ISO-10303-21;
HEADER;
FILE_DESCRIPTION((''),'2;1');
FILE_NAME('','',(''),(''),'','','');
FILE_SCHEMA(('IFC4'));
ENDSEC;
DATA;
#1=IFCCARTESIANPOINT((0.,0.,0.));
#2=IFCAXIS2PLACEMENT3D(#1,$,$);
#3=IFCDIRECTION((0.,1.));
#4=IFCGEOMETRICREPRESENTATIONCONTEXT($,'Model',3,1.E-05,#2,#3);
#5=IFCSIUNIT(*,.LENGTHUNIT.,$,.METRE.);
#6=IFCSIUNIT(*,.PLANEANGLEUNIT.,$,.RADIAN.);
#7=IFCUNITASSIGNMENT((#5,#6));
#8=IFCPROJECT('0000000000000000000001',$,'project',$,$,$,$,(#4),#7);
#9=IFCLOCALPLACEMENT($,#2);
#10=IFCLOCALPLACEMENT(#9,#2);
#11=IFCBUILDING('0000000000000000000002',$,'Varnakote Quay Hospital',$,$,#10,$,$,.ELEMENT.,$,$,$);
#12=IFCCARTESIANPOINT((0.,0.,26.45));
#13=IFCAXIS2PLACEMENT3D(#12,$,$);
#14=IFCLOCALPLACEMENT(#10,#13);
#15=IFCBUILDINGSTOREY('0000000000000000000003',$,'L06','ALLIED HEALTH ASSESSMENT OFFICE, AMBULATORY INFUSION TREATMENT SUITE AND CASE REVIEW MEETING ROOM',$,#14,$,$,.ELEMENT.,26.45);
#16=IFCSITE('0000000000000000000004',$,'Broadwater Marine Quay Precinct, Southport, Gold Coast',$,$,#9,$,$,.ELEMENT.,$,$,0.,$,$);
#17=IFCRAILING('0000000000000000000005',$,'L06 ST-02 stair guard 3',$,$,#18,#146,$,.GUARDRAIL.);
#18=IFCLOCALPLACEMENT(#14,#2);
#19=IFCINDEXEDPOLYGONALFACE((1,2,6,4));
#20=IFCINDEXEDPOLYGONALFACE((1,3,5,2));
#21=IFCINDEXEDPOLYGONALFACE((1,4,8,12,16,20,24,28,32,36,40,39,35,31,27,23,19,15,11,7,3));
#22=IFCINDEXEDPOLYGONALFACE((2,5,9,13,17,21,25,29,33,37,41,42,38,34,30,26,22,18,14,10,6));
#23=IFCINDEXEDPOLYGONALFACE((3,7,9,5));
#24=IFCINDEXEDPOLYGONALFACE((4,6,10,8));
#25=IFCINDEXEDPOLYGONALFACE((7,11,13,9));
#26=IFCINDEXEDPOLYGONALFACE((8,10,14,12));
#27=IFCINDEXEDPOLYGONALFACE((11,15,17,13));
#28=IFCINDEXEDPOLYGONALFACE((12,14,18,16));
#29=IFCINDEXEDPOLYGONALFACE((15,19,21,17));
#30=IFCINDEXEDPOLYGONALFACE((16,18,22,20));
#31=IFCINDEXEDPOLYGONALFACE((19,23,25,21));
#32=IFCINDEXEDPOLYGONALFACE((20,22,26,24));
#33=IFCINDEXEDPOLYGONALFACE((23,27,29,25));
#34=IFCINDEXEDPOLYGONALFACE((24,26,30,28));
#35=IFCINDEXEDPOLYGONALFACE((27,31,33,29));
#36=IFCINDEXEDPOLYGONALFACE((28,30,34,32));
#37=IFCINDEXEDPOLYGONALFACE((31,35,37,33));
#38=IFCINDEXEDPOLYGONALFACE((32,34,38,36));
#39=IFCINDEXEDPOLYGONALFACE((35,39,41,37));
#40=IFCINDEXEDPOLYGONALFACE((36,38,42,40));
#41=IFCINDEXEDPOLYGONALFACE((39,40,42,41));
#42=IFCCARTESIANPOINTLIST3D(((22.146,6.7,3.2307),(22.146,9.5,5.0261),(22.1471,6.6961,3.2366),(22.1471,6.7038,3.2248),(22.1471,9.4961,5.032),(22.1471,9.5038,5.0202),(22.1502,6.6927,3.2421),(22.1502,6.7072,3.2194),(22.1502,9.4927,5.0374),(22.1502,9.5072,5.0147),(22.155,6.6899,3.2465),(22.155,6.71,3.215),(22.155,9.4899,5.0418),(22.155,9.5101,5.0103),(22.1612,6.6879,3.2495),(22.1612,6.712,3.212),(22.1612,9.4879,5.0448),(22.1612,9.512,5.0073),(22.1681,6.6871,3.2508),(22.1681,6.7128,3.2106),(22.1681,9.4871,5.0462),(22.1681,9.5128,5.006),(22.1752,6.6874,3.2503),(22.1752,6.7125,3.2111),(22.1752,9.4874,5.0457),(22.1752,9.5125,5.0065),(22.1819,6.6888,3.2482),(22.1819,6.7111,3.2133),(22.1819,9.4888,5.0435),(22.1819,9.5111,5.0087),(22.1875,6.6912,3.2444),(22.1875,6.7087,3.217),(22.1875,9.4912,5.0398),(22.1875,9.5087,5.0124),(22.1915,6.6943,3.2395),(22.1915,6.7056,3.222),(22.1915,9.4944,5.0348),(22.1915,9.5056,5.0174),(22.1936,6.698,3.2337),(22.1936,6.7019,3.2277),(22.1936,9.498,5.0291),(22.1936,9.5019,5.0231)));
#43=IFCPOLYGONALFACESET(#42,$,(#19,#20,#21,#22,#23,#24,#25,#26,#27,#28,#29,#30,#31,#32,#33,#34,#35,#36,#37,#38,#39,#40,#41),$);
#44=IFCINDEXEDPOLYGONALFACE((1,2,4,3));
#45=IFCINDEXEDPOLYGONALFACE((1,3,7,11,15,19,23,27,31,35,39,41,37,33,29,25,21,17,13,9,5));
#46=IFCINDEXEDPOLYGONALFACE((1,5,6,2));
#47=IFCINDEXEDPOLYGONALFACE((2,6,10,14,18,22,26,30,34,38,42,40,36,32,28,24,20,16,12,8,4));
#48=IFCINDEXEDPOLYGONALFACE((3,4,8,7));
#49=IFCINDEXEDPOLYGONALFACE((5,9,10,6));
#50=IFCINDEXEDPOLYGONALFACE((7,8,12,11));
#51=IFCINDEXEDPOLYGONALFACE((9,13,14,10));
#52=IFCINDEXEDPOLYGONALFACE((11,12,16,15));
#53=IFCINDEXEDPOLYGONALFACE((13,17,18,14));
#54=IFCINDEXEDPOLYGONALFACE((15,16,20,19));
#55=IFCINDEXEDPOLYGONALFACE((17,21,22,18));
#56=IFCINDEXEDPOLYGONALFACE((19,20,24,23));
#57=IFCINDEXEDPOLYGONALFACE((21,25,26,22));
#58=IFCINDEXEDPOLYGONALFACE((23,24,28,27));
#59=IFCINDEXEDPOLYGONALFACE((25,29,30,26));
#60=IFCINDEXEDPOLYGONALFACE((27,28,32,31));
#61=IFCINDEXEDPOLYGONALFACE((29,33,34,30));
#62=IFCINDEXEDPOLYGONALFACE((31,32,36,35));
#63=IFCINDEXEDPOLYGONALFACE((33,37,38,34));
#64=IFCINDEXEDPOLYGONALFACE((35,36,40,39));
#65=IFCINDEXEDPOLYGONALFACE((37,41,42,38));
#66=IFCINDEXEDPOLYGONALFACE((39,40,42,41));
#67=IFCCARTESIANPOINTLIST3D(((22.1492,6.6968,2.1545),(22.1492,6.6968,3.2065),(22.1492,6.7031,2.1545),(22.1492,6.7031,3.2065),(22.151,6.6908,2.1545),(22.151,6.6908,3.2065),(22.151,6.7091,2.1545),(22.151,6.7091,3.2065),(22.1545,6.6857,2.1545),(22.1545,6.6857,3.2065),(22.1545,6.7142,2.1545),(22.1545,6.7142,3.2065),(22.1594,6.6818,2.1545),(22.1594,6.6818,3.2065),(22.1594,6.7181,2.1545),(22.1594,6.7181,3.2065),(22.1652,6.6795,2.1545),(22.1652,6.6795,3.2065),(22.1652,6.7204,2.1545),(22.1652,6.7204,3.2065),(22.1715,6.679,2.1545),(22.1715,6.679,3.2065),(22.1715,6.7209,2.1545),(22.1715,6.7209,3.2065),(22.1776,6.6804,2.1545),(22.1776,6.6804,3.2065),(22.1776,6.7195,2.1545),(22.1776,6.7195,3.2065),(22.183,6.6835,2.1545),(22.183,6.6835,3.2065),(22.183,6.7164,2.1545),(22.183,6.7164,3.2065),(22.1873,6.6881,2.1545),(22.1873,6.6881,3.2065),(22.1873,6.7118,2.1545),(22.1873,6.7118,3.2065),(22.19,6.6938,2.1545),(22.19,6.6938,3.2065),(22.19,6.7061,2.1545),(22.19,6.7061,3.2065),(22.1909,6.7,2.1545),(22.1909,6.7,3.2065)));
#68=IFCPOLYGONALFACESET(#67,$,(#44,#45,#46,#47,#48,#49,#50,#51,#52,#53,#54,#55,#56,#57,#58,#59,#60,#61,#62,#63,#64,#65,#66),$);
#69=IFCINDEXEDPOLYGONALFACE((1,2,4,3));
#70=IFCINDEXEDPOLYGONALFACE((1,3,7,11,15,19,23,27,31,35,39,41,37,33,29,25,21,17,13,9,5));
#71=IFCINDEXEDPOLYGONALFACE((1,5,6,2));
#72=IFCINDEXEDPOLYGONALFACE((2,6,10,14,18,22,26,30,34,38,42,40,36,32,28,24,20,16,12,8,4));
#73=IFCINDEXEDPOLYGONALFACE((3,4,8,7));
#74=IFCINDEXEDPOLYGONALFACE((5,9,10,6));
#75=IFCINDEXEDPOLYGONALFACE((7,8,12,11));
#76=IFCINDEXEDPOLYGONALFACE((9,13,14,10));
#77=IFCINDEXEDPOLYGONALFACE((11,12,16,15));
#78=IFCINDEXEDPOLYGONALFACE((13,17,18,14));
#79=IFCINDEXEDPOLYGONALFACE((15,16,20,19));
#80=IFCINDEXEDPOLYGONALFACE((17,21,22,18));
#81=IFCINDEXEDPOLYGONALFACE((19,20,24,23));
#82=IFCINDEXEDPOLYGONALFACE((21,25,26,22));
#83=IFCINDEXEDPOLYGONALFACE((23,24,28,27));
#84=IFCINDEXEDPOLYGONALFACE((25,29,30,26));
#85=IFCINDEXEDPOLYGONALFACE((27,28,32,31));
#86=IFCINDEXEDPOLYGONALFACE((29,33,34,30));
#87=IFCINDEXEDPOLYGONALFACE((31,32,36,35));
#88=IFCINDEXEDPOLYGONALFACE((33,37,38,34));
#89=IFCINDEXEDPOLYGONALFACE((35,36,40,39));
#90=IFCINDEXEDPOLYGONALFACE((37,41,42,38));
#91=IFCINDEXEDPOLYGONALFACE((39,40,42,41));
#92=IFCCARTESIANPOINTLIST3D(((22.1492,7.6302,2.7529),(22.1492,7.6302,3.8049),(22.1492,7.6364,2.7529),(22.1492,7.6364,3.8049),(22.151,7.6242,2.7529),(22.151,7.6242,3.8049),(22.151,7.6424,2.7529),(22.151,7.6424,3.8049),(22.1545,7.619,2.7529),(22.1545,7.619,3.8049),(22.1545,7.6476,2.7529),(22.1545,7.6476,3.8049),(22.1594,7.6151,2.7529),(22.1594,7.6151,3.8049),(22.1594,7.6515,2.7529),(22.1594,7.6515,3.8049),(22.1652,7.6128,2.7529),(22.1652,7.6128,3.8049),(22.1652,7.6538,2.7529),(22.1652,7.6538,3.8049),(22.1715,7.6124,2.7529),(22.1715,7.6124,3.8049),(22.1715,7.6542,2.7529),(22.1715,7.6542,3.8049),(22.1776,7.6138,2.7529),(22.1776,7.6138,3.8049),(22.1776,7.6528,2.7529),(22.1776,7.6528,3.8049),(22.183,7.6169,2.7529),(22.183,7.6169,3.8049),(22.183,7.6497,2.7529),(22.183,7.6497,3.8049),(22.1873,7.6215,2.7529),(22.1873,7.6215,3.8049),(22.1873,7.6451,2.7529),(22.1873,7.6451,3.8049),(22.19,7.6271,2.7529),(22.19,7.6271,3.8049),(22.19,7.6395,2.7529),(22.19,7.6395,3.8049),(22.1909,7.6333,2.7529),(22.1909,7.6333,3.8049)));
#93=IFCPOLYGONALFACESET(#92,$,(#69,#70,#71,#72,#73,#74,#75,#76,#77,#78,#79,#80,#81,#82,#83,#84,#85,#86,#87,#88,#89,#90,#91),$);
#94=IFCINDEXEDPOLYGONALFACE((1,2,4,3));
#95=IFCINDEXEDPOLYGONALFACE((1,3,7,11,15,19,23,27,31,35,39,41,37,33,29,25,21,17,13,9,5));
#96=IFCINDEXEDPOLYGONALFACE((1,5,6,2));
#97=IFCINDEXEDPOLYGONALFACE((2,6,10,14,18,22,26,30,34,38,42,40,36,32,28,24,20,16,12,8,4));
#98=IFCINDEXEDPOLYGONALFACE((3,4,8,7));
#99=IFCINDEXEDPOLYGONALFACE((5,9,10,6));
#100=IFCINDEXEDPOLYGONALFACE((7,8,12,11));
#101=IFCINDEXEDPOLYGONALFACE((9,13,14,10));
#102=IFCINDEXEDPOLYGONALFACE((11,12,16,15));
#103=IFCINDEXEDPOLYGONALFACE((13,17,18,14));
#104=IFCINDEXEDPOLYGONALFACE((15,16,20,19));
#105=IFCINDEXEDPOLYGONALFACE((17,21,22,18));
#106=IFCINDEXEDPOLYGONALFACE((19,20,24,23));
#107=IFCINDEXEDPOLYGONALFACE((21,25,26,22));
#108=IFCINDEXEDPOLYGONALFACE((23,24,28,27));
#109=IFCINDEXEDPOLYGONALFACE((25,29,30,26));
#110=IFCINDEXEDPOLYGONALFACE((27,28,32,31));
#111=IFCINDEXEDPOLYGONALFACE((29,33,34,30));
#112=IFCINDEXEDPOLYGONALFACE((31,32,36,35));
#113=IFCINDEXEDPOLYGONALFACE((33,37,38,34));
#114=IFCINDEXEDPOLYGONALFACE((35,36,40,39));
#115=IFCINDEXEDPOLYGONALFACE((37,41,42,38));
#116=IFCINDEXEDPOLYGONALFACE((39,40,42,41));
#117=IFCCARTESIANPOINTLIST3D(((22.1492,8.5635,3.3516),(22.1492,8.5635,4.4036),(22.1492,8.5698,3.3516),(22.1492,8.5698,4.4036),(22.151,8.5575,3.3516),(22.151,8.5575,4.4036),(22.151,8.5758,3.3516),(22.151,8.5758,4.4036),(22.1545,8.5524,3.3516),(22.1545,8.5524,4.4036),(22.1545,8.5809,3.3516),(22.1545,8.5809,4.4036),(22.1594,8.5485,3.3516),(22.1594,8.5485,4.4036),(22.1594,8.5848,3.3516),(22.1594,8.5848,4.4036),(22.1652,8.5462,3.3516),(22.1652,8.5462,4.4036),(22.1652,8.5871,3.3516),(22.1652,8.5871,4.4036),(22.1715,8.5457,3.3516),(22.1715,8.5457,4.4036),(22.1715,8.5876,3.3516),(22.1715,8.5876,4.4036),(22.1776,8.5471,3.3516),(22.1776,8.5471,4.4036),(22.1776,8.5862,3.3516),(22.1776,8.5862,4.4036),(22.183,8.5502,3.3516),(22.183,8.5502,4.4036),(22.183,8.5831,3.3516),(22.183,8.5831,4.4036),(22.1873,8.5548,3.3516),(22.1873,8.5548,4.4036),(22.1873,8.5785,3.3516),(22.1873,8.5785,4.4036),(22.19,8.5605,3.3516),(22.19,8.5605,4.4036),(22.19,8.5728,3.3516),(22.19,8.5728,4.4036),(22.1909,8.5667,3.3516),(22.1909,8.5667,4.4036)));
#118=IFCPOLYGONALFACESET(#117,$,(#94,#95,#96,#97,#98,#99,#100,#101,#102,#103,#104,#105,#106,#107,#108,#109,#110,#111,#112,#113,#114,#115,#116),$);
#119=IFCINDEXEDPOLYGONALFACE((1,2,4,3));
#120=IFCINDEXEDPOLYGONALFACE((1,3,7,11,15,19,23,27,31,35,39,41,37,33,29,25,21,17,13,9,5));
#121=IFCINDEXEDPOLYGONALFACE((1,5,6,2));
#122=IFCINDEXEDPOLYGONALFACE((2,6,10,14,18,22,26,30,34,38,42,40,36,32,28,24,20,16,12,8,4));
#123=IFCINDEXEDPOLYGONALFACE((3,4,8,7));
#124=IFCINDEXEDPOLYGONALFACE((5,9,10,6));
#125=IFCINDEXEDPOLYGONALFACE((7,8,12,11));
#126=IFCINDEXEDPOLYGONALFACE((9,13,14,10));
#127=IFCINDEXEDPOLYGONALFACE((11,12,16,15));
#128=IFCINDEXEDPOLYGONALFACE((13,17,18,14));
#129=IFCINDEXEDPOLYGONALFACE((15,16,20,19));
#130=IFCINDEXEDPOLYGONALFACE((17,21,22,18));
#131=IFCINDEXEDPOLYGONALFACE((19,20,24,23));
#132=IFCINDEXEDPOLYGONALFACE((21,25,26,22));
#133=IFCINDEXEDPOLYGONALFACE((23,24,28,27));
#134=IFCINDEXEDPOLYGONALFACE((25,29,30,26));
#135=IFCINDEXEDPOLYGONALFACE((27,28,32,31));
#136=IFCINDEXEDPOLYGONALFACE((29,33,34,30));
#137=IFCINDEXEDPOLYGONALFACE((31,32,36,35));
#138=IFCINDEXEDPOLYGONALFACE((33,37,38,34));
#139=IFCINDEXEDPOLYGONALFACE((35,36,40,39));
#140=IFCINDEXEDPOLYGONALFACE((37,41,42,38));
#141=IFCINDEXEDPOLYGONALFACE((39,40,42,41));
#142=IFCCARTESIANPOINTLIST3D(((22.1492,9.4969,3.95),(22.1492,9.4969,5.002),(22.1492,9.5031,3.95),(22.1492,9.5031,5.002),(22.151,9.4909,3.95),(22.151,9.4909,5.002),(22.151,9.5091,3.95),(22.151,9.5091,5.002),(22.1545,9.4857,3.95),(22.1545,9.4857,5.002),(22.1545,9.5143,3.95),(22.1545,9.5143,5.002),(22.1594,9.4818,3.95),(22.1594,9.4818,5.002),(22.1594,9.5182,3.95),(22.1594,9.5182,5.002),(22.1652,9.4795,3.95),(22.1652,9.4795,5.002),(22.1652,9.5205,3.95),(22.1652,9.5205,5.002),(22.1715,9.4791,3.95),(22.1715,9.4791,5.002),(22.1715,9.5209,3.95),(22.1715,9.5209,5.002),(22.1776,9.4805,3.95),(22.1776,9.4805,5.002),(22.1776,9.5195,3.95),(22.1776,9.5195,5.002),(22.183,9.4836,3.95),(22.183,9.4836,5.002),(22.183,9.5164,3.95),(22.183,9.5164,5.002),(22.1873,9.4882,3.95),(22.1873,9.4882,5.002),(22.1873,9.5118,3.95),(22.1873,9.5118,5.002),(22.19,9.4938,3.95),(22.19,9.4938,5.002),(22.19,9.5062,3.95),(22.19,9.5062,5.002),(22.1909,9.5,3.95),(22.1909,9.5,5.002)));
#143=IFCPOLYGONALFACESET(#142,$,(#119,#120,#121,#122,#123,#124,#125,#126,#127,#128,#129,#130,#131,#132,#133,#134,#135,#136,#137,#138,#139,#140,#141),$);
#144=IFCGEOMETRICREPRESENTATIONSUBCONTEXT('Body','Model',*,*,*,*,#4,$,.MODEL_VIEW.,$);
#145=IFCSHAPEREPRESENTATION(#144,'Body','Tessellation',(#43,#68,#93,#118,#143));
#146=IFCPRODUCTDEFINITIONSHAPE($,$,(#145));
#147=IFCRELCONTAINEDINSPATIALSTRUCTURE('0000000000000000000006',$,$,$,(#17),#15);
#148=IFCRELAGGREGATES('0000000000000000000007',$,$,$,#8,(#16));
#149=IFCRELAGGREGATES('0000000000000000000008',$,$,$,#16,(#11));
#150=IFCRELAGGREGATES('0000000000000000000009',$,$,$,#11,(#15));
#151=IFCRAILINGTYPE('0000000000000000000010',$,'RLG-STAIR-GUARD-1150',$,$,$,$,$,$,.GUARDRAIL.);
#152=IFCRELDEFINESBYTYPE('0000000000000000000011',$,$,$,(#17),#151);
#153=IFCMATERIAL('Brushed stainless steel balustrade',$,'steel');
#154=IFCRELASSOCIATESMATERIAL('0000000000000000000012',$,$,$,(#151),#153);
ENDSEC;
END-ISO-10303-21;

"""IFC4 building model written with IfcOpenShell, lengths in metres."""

from ifc_helpers import new_model, si_unit, direction, frame, origin, origin_2d, place, context, subcontext, project, spatial, circle, extrude, material, type_object, element, save


model = new_model("IFC4")

# Units and contexts
model_context = context("Model", 3, precision=1e-05, world=origin(), true_north=direction((0.0, 1.0)))
body_context = subcontext(model_context, "Body", "Model", "MODEL_VIEW")
ifc_project = project(units=[si_unit("LENGTHUNIT", "METRE"), si_unit("PLANEANGLEUNIT", "RADIAN")], contexts=[model_context])

# Site, building, storey
site_placement = place(None, origin())
site = spatial("IfcSite", under=ifc_project, at=site_placement, Name="Broadwater Marine Quay Precinct, Southport, Gold Coast", CompositionType="ELEMENT", RefElevation=0.0)
building_placement = place(site_placement, origin())
building = spatial("IfcBuilding", under=site, at=building_placement, Name="Varnakote Quay Hospital", CompositionType="ELEMENT")
storey_placement = place(building_placement, frame((0.0, 0.0, 26.45)))
storey = spatial("IfcBuildingStorey", under=building, at=storey_placement, Name="L06", Description="ALLIED HEALTH ASSESSMENT OFFICE, AMBULATORY INFUSION TREATMENT SUITE AND CASE REVIEW MEETING ROOM", CompositionType="ELEMENT", Elevation=26.45)

# Railing
ifc_material_1 = material(Name="Brushed stainless steel balustrade", Category="steel")
railing_type_1 = type_object("IfcRailingType", Name="RLG-STAIR-GUARD-1150", PredefinedType="GUARDRAIL", material=ifc_material_1)
railing_1_placement = place(storey_placement, frame((22.1699, 6.7, 2.1545)))
element("IfcRailing", 1, at=railing_1_placement, inside=storey, type_object=railing_type_1, Name="L06 ST-02 stair guard 3", PredefinedType="GUARDRAIL", context=body_context, shape_type="SweptSolid", body=[
    extrude(circle(Radius=0.0239, at=origin_2d()), frame((0.0, 0.0, 1.0762), z_axis=(0.0, 0.84181, 0.539774), x_axis=(-1.0, 0.0, 0.0)), (0.0, 0.0, 1.0), 3.3262),
    extrude(circle(Radius=0.021, at=origin_2d()), origin(), (0.0, 0.0, 1.0), 1.052),
    extrude(circle(Radius=0.021, at=origin_2d()), frame((0.0, 0.9333, 0.5984)), (0.0, 0.0, 1.0), 1.052),
    extrude(circle(Radius=0.021, at=origin_2d()), frame((0.0, 1.8667, 1.197)), (0.0, 0.0, 1.0), 1.052),
    extrude(circle(Radius=0.021, at=origin_2d()), frame((0.0, 2.8, 1.7954)), (0.0, 0.0, 1.0), 1.052),
])

save(model, "model.ifc")
